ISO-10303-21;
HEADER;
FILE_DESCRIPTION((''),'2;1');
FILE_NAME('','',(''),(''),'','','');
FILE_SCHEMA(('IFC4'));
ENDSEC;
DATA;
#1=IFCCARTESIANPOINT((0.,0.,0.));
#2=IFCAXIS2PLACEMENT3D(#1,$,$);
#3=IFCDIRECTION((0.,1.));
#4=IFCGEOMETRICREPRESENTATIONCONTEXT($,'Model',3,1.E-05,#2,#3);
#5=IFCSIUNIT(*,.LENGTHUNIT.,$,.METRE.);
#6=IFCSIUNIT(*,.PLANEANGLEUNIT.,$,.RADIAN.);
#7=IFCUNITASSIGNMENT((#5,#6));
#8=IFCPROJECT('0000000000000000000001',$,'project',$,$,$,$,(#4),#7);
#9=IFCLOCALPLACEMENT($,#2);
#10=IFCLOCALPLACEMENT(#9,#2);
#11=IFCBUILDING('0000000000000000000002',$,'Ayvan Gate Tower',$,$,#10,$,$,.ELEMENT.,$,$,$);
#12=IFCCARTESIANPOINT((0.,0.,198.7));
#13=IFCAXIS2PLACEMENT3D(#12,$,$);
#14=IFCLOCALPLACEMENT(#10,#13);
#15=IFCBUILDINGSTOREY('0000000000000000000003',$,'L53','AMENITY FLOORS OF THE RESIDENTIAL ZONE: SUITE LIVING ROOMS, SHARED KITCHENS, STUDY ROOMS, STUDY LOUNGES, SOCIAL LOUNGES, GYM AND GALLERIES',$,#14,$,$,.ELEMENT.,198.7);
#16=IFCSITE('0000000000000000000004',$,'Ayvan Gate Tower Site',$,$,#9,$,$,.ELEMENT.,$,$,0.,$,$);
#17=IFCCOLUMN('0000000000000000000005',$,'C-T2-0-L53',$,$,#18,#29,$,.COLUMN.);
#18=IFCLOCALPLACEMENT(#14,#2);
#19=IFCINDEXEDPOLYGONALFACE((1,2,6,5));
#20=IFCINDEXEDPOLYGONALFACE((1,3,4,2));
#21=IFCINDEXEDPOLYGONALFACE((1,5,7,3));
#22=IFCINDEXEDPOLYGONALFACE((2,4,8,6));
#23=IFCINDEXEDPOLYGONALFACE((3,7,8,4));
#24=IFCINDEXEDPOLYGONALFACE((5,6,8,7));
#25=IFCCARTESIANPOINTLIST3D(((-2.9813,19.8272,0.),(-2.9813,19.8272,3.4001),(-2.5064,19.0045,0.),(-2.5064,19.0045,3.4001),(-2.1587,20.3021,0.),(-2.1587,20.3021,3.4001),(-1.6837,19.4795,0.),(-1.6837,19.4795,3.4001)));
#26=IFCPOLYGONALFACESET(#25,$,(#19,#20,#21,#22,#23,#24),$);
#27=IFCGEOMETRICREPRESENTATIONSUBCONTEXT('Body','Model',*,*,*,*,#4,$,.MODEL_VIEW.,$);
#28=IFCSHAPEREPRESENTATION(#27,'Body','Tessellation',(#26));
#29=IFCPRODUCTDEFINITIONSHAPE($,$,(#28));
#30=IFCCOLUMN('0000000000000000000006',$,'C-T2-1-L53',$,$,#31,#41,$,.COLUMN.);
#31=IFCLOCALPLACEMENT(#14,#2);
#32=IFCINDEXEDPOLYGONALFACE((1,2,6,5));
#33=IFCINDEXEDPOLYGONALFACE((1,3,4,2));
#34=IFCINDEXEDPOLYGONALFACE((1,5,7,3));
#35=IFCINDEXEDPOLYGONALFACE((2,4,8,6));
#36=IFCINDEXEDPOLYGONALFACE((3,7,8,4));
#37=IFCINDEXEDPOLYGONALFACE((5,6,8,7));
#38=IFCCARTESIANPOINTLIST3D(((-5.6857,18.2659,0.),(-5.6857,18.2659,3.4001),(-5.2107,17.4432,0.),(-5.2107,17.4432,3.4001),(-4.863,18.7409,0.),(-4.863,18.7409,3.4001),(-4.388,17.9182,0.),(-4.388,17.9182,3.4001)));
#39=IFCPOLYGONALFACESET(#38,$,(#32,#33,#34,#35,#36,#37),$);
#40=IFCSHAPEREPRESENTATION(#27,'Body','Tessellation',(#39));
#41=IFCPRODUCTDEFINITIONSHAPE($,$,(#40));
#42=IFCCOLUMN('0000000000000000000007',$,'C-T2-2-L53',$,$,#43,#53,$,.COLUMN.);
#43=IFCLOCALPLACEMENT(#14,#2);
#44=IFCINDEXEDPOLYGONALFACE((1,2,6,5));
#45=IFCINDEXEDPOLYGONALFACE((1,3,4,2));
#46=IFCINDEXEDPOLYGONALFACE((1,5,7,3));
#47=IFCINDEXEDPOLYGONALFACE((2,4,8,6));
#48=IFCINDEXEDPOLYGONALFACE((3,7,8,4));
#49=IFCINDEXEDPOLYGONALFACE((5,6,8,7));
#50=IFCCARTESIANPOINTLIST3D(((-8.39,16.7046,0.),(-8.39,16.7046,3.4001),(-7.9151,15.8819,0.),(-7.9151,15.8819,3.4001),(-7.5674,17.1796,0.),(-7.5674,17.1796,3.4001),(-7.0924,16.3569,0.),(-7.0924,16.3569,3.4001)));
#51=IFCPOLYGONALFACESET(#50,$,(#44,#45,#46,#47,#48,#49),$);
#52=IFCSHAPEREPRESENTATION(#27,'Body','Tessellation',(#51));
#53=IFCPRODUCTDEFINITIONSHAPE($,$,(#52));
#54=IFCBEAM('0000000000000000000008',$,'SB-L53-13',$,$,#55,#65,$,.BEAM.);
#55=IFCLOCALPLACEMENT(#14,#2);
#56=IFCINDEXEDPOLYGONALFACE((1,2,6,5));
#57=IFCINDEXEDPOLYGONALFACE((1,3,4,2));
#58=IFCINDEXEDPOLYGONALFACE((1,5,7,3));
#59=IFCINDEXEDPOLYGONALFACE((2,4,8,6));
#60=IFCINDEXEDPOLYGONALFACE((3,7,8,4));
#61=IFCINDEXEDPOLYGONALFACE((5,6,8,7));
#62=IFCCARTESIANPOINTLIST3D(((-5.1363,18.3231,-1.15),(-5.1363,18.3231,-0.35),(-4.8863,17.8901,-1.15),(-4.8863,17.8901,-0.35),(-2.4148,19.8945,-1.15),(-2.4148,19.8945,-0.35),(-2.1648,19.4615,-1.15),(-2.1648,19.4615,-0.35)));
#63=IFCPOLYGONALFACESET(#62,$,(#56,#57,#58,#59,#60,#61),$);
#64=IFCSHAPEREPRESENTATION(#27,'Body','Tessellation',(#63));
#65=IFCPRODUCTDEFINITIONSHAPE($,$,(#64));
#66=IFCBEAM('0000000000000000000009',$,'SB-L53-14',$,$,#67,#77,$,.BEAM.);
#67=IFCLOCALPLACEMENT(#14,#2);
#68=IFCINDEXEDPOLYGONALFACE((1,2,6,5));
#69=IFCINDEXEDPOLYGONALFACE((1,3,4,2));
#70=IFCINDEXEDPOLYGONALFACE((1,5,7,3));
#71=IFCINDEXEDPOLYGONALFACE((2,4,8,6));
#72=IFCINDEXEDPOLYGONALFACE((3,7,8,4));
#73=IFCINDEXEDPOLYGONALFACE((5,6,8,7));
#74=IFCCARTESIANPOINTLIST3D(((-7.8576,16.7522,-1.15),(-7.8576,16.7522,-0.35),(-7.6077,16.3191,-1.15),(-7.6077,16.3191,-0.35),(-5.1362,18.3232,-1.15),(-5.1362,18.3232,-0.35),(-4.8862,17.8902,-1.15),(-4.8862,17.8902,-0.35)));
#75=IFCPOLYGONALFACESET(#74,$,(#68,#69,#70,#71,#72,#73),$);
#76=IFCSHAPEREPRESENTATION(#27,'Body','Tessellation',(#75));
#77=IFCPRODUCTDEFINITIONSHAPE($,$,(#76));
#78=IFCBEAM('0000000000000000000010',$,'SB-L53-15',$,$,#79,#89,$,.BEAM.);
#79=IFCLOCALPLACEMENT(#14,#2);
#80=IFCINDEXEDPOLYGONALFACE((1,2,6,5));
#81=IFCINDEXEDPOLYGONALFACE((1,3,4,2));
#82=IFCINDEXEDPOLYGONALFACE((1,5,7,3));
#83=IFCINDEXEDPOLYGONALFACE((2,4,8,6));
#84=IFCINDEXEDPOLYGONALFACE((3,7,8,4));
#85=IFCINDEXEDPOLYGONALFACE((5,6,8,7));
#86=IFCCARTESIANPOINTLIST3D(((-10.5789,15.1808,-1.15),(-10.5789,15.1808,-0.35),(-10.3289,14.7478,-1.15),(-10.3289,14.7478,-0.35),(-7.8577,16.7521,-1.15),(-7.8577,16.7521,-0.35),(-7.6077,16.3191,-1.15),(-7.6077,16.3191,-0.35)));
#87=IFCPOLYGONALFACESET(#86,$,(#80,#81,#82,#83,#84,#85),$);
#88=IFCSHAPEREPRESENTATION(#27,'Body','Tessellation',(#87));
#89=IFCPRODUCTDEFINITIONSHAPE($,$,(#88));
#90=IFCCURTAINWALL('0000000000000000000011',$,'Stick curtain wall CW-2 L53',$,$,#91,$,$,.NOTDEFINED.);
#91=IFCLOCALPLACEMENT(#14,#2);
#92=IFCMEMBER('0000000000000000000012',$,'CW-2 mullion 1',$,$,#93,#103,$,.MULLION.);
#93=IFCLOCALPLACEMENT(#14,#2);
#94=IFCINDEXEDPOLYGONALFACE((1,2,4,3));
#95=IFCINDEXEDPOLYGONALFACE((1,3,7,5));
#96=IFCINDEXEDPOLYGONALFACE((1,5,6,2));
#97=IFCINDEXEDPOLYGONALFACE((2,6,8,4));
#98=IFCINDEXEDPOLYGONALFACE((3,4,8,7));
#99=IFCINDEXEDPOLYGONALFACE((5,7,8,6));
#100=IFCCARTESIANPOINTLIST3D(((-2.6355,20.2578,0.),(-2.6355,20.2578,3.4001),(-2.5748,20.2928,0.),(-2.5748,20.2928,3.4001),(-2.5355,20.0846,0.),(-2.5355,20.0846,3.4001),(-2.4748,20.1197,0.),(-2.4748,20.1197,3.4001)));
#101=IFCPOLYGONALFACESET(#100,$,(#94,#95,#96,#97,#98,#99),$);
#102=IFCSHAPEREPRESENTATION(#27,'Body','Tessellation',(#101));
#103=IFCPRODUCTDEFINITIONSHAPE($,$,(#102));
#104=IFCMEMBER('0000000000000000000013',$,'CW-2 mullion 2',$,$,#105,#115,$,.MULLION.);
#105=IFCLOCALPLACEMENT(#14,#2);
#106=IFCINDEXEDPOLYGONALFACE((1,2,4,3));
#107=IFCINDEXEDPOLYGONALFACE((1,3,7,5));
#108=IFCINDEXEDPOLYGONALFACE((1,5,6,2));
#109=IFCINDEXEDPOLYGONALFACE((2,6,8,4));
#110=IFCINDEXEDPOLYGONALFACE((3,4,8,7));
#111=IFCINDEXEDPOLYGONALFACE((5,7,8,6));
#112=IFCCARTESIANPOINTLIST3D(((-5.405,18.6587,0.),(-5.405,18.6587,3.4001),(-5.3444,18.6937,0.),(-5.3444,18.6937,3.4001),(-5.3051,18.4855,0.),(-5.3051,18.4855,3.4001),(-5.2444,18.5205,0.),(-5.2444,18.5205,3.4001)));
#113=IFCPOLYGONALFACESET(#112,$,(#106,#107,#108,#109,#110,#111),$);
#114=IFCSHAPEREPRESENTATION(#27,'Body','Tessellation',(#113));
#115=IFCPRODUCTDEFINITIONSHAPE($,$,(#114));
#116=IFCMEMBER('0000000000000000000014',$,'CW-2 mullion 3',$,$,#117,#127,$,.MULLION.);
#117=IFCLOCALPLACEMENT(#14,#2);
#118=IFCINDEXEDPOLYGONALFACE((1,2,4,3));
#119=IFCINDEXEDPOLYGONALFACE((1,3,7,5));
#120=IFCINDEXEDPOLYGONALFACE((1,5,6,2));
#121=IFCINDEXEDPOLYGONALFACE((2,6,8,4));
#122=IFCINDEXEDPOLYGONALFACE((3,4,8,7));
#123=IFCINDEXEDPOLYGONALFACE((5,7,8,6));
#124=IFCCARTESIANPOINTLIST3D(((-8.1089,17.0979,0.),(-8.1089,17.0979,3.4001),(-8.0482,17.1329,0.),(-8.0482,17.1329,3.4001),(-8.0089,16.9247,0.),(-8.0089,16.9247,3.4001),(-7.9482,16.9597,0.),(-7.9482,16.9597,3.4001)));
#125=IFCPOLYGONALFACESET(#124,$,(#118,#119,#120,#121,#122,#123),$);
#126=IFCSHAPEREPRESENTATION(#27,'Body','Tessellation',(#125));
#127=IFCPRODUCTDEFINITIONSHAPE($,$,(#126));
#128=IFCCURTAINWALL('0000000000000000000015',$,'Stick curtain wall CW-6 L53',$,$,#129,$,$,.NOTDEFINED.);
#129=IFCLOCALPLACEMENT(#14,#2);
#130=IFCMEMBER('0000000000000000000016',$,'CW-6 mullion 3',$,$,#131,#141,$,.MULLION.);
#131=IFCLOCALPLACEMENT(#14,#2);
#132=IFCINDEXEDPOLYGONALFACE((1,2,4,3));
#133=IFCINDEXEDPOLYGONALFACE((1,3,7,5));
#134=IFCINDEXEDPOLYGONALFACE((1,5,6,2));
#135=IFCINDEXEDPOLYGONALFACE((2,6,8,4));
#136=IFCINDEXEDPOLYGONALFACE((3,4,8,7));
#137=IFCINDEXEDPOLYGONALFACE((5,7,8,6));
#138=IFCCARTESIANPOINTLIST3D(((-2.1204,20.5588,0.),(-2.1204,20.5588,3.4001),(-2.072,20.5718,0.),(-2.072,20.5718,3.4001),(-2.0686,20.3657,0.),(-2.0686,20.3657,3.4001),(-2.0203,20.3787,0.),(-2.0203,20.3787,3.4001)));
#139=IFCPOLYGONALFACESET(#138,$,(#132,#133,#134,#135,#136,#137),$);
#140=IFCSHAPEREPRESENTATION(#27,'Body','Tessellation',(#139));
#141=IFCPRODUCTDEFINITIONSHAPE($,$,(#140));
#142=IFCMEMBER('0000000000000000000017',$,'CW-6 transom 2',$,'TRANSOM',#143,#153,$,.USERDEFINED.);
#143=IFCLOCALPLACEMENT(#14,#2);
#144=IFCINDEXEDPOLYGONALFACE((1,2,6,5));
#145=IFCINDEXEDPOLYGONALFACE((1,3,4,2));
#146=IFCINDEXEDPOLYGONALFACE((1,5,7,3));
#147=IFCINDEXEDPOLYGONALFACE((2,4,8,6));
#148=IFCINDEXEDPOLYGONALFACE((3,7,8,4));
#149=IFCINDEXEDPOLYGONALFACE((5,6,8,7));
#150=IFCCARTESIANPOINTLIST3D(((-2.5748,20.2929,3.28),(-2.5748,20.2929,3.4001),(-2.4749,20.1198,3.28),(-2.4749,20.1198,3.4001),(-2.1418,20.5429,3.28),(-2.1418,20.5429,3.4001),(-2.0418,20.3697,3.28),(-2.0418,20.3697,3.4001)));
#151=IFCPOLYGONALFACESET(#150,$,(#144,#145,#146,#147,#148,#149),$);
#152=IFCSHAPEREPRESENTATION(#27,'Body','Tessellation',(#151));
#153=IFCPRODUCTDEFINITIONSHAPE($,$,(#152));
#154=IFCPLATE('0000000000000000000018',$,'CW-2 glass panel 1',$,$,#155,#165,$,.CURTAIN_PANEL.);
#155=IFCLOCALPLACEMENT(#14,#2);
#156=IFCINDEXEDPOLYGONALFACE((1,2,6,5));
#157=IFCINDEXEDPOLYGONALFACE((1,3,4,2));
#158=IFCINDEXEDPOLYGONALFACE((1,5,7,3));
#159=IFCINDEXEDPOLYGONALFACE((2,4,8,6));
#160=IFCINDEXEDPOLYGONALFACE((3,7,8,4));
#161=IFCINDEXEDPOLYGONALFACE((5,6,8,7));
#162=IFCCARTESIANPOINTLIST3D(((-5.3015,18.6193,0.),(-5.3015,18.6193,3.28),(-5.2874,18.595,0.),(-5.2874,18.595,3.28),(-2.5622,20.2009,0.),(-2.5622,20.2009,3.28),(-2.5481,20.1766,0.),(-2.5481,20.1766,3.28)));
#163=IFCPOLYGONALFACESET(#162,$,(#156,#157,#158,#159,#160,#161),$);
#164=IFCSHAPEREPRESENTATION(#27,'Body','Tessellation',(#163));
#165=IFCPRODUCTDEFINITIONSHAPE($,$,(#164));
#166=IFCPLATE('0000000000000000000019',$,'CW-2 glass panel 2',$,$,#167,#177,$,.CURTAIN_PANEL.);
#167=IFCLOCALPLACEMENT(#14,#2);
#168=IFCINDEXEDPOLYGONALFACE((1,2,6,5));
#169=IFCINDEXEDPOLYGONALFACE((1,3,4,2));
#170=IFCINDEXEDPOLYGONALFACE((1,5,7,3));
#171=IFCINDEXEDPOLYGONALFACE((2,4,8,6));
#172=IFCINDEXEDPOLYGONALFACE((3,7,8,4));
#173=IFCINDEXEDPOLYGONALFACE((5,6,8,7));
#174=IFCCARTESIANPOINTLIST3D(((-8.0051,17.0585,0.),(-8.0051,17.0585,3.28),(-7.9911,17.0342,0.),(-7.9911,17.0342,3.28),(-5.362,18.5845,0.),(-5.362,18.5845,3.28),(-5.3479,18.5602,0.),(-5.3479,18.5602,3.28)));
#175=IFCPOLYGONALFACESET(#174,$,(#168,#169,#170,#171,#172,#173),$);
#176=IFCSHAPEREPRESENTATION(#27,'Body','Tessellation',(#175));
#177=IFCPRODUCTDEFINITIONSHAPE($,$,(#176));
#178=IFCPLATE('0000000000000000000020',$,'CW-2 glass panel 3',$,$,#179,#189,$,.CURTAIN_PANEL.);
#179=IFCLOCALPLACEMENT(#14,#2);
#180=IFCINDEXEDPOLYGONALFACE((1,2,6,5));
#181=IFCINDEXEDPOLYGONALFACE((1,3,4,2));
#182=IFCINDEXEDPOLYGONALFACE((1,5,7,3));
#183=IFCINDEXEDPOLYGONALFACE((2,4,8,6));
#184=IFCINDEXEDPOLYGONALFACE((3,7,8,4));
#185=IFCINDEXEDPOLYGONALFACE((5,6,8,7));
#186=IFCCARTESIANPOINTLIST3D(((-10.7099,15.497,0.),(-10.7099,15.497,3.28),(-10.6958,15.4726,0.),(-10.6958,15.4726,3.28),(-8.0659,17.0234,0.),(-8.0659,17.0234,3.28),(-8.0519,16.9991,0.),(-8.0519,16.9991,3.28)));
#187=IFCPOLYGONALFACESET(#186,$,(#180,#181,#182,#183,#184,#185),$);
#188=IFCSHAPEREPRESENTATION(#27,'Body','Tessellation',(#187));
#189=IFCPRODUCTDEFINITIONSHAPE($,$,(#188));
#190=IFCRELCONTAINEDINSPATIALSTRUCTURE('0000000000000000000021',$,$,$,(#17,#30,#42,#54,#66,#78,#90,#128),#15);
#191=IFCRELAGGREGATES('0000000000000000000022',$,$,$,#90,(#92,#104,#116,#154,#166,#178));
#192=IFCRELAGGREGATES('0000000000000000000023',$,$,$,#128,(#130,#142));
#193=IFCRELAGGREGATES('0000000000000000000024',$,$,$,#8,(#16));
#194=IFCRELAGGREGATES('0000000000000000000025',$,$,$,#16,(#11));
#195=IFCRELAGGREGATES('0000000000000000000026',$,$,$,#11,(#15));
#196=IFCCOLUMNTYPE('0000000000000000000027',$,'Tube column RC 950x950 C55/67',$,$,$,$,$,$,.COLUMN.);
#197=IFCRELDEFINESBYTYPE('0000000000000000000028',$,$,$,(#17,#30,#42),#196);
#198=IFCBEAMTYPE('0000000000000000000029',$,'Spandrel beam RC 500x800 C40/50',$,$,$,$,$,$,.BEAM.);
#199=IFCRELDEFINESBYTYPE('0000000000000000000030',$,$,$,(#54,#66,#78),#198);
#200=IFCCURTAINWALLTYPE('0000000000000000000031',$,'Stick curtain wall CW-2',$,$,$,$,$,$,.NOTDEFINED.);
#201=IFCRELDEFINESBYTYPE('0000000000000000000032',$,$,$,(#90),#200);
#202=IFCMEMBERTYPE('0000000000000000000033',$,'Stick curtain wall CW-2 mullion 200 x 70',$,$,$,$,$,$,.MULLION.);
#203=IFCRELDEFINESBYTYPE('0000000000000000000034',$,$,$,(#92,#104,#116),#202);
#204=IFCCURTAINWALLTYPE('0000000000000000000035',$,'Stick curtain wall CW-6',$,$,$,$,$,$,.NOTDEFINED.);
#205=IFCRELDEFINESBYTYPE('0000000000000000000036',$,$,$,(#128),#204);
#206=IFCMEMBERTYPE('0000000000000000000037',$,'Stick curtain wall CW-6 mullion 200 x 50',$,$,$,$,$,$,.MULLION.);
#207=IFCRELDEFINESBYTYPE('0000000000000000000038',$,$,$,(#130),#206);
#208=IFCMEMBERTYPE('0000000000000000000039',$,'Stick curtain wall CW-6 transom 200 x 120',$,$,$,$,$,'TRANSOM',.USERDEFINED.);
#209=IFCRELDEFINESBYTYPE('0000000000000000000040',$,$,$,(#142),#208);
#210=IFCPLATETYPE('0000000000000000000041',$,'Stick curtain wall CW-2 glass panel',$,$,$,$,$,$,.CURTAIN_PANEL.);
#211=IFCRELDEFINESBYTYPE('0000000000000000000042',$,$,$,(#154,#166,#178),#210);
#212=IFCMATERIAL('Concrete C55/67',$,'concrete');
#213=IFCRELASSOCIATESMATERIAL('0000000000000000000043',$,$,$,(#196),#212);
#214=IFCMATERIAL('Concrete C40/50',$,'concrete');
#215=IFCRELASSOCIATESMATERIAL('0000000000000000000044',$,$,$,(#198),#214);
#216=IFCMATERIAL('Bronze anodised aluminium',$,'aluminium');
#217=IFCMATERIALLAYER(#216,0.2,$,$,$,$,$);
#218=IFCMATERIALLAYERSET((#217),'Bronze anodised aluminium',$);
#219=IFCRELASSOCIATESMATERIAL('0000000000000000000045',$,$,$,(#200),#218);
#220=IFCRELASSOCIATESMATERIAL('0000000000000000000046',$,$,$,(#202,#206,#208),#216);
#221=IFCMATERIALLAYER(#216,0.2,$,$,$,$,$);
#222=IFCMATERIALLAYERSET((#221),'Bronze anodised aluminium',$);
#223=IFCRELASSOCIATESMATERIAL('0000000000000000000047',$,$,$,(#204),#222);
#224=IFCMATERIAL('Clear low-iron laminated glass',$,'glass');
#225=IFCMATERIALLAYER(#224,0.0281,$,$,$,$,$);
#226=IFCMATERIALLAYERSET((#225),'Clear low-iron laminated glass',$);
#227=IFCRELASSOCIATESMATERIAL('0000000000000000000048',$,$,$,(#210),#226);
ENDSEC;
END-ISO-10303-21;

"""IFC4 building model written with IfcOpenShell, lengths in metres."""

from ifc_helpers import new_model, si_unit, direction, frame, origin, origin_2d, place, context, subcontext, project, spatial, rectangle, extrude, material, layer, layer_set, material_profile, profile_set, type_object, element, aggregate, save


model = new_model("IFC4")

# Units and contexts
model_context = context("Model", 3, precision=1e-05, world=origin(), true_north=direction((0.0, 1.0)))
body_context = subcontext(model_context, "Body", "Model", "MODEL_VIEW")
ifc_project = project(units=[si_unit("LENGTHUNIT", "METRE"), si_unit("PLANEANGLEUNIT", "RADIAN")], contexts=[model_context])

# Site, building, storey
site_placement = place(None, origin())
site = spatial("IfcSite", under=ifc_project, at=site_placement, Name="Ayvan Gate Tower Site", CompositionType="ELEMENT", RefElevation=0.0)
building_placement = place(site_placement, origin())
building = spatial("IfcBuilding", under=site, at=building_placement, Name="Ayvan Gate Tower", CompositionType="ELEMENT")
storey_placement = place(building_placement, frame((0.0, 0.0, 198.7)))
storey = spatial("IfcBuildingStorey", under=building, at=storey_placement, Name="L53", Description="AMENITY FLOORS OF THE RESIDENTIAL ZONE: SUITE LIVING ROOMS, SHARED KITCHENS, STUDY ROOMS, STUDY LOUNGES, SOCIAL LOUNGES, GYM AND GALLERIES", CompositionType="ELEMENT", Elevation=198.7)

# Columns
ifc_material_1 = material(Name="Concrete C55/67", Category="concrete")
ifc_material_profile_1 = material_profile(ifc_material_1, rectangle(XDim=0.95, YDim=0.95, at=origin_2d()), Name="RC 950x950")
ifc_profile_set_1 = profile_set([ifc_material_profile_1], Name="Concrete C55/67")
column_type = type_object("IfcColumnType", Name="Tube column RC 950x950 C55/67", PredefinedType="COLUMN", material=ifc_profile_set_1)
for number, where, z_axis, x_axis, name in (
    (1, (-2.3325, 19.6533, 0.0), (0.0, 0.0, 1.0), (-0.5, 0.866025, 0.0), "C-T2-0-L53"),
    (2, (-5.0369, 18.092, 0.0), (0.0, 0.0, 1.0), (-0.5, 0.866025, 0.0), "C-T2-1-L53"),
    (3, (-7.7412, 16.5308, 0.0), (0.0, 0.0, 1.0), (-0.5, 0.866025, 0.0), "C-T2-2-L53"),
):
    element("IfcColumn", number, at=place(storey_placement, frame(where, z_axis=z_axis, x_axis=x_axis)), inside=storey, type_object=column_type, Name=name, PredefinedType="COLUMN", context=body_context, shape_type="SweptSolid", body=[
        extrude(rectangle(XDim=0.95, YDim=0.95, at=origin_2d()), origin(), (0.0, 0.0, 1.0), 3.4001),
    ])

# Beams
ifc_material_2 = material(Name="Concrete C40/50", Category="concrete")
ifc_material_profile_2 = material_profile(ifc_material_2, rectangle(XDim=0.5, YDim=0.8, at=origin_2d()), Name="RC 500x800")
ifc_profile_set_2 = profile_set([ifc_material_profile_2], Name="Concrete C40/50")
beam_type = type_object("IfcBeamType", Name="Spandrel beam RC 500x800 C40/50", PredefinedType="BEAM", material=ifc_profile_set_2)
beam_placement = place(storey_placement, frame((-2.2898, 19.678, -0.75), z_axis=(-0.866016, -0.500016, 0.0), x_axis=(0.500016, -0.866016, 0.0)))
element("IfcBeam", 4, at=beam_placement, inside=storey, type_object=beam_type, Name="SB-L53-13", PredefinedType="BEAM", context=body_context, shape_type="SweptSolid", body=[
    extrude(rectangle(XDim=0.5, YDim=0.8, at=origin_2d()), origin(), (0.0, 0.0, 1.0), 3.1426),
])
for number, where, z_axis, x_axis, name in (
    (5, (-5.0112, 18.1067, -0.75), (-0.86605, -0.499958, 0.0), (0.499958, -0.86605, 0.0), "SB-L53-14"),
    (6, (-7.7327, 16.5356, -0.75), (-0.865997, -0.50005, 0.0), (0.50005, -0.865997, 0.0), "SB-L53-15"),
):
    element("IfcBeam", number, at=place(storey_placement, frame(where, z_axis=z_axis, x_axis=x_axis)), inside=storey, type_object=beam_type, Name=name, PredefinedType="BEAM", context=body_context, shape_type="SweptSolid", body=[
        extrude(rectangle(XDim=0.5, YDim=0.8, at=origin_2d()), origin(), (0.0, 0.0, 1.0), 3.1423),
    ])

# Curtain walls, members
ifc_material_3 = material(Name="Bronze anodised aluminium", Category="aluminium")
ifc_layer_1 = layer(ifc_material_3, 0.2)
ifc_layer_set_1 = layer_set([ifc_layer_1], Name="Bronze anodised aluminium")
curtain_wall_type_1 = type_object("IfcCurtainWallType", Name="Stick curtain wall CW-2", PredefinedType="NOTDEFINED", material=ifc_layer_set_1)
curtain_wall_1_placement = place(storey_placement, origin())
curtain_wall_1 = element("IfcCurtainWall", 7, at=curtain_wall_1_placement, inside=storey, type_object=curtain_wall_type_1, Name="Stick curtain wall CW-2 L53", PredefinedType="NOTDEFINED")
ifc_material_profile_3 = material_profile(ifc_material_3, rectangle(XDim=0.2, YDim=0.0701, at=origin_2d()), Name="Stick curtain wall CW-2 mullion 200 x 70")
ifc_profile_set_3 = profile_set([ifc_material_profile_3], Name="Bronze anodised aluminium")
member_type_1 = type_object("IfcMemberType", Name="Stick curtain wall CW-2 mullion 200 x 70", PredefinedType="MULLION", material=ifc_profile_set_3)
member_1_placement = place(storey_placement, frame((-2.5552, 20.1887, 0.0), z_axis=(0.0, 0.0, 1.0), x_axis=(-0.5, 0.866025, 0.0)))
member_1 = element("IfcMember", 8, at=member_1_placement, type_object=member_type_1, Name="CW-2 mullion 1", PredefinedType="MULLION", context=body_context, shape_type="SweptSolid", body=[
    extrude(rectangle(XDim=0.2, YDim=0.0701, at=origin_2d()), origin(), (0.0, 0.0, 1.0), 3.4001),
])
member_2_placement = place(storey_placement, frame((-5.3247, 18.5896, 0.0), z_axis=(0.0, 0.0, 1.0), x_axis=(-0.5, 0.866025, 0.0)))
member_2 = element("IfcMember", 9, at=member_2_placement, type_object=member_type_1, Name="CW-2 mullion 2", PredefinedType="MULLION", context=body_context, shape_type="SweptSolid", body=[
    extrude(rectangle(XDim=0.2, YDim=0.0701, at=origin_2d()), origin(), (0.0, 0.0, 1.0), 3.4001),
])
member_3_placement = place(storey_placement, frame((-8.0286, 17.0288, 0.0), z_axis=(0.0, 0.0, 1.0), x_axis=(-0.5, 0.866025, 0.0)))
member_3 = element("IfcMember", 10, at=member_3_placement, type_object=member_type_1, Name="CW-2 mullion 3", PredefinedType="MULLION", context=body_context, shape_type="SweptSolid", body=[
    extrude(rectangle(XDim=0.2, YDim=0.0701, at=origin_2d()), origin(), (0.0, 0.0, 1.0), 3.4001),
])
ifc_layer_2 = layer(ifc_material_3, 0.2)
ifc_layer_set_2 = layer_set([ifc_layer_2], Name="Bronze anodised aluminium")
curtain_wall_type_2 = type_object("IfcCurtainWallType", Name="Stick curtain wall CW-6", PredefinedType="NOTDEFINED", material=ifc_layer_set_2)
curtain_wall_2_placement = place(storey_placement, origin())
curtain_wall_2 = element("IfcCurtainWall", 11, at=curtain_wall_2_placement, inside=storey, type_object=curtain_wall_type_2, Name="Stick curtain wall CW-6 L53", PredefinedType="NOTDEFINED")
ifc_material_profile_4 = material_profile(ifc_material_3, rectangle(XDim=0.2, YDim=0.05, at=origin_2d()), Name="Stick curtain wall CW-6 mullion 200 x 50")
ifc_profile_set_4 = profile_set([ifc_material_profile_4], Name="Bronze anodised aluminium")
member_type_2 = type_object("IfcMemberType", Name="Stick curtain wall CW-6 mullion 200 x 50", PredefinedType="MULLION", material=ifc_profile_set_4)
member_4_placement = place(storey_placement, frame((-2.0703, 20.4688, 0.0), z_axis=(0.0, 0.0, 1.0), x_axis=(-0.258819, 0.965926, 0.0)))
member_4 = element("IfcMember", 12, at=member_4_placement, type_object=member_type_2, Name="CW-6 mullion 3", PredefinedType="MULLION", context=body_context, shape_type="SweptSolid", body=[
    extrude(rectangle(XDim=0.2, YDim=0.05, at=origin_2d()), origin(), (0.0, 0.0, 1.0), 3.4001),
])
ifc_material_profile_5 = material_profile(ifc_material_3, rectangle(XDim=0.2, YDim=0.1201, at=origin_2d()), Name="Stick curtain wall CW-6 transom 200 x 120")
ifc_profile_set_5 = profile_set([ifc_material_profile_5], Name="Bronze anodised aluminium")
member_type_3 = type_object("IfcMemberType", Name="Stick curtain wall CW-6 transom 200 x 120", ElementType="TRANSOM", PredefinedType="USERDEFINED", material=ifc_profile_set_5)
member_5_placement = place(storey_placement, frame((-2.0918, 20.4563, 3.3401), z_axis=(-0.866072, -0.49992, 0.0), x_axis=(0.49992, -0.866072, 0.0)))
member_5 = element("IfcMember", 13, at=member_5_placement, type_object=member_type_3, Name="CW-6 transom 2", ObjectType="TRANSOM", PredefinedType="USERDEFINED", context=body_context, shape_type="SweptSolid", body=[
    extrude(rectangle(XDim=0.2, YDim=0.1201, at=origin_2d()), origin(), (0.0, 0.0, 1.0), 0.5),
])

# Plates
ifc_material_4 = material(Name="Clear low-iron laminated glass", Category="glass")
ifc_layer_3 = layer(ifc_material_4, 0.0281)
ifc_layer_set_3 = layer_set([ifc_layer_3], Name="Clear low-iron laminated glass")
plate_type_1 = type_object("IfcPlateType", Name="Stick curtain wall CW-2 glass panel", PredefinedType="CURTAIN_PANEL", material=ifc_layer_set_3)
plate_1_placement = place(storey_placement, frame((-3.9248, 19.3979, 0.0), z_axis=(0.0, 0.0, 1.0), x_axis=(-0.866025, -0.5, 0.0)))
plate_1 = element("IfcPlate", 14, at=plate_1_placement, type_object=plate_type_1, Name="CW-2 glass panel 1", PredefinedType="CURTAIN_PANEL", context=body_context, shape_type="SweptSolid", body=[
    extrude(rectangle(XDim=3.1631, YDim=0.0281, at=origin_2d()), origin(), (0.0, 0.0, 1.0), 3.28),
])
plate_2_placement = place(storey_placement, frame((-6.6765, 17.8093, 0.0), z_axis=(0.0, 0.0, 1.0), x_axis=(-0.866025, -0.5, 0.0)))
plate_2 = element("IfcPlate", 15, at=plate_2_placement, type_object=plate_type_1, Name="CW-2 glass panel 2", PredefinedType="CURTAIN_PANEL", context=body_context, shape_type="SweptSolid", body=[
    extrude(rectangle(XDim=3.052, YDim=0.0281, at=origin_2d()), origin(), (0.0, 0.0, 1.0), 3.28),
])
plate_3_placement = place(storey_placement, frame((-9.3809, 16.248, 0.0), z_axis=(0.0, 0.0, 1.0), x_axis=(-0.866025, -0.5, 0.0)))
plate_3 = element("IfcPlate", 16, at=plate_3_placement, type_object=plate_type_1, Name="CW-2 glass panel 3", PredefinedType="CURTAIN_PANEL", context=body_context, shape_type="SweptSolid", body=[
    extrude(rectangle(XDim=3.053, YDim=0.0281, at=origin_2d()), origin(), (0.0, 0.0, 1.0), 3.28),
])
aggregate(curtain_wall_1, [member_1, member_2, member_3, plate_1, plate_2, plate_3])
aggregate(curtain_wall_2, [member_4, member_5])

save(model, "model.ifc")
